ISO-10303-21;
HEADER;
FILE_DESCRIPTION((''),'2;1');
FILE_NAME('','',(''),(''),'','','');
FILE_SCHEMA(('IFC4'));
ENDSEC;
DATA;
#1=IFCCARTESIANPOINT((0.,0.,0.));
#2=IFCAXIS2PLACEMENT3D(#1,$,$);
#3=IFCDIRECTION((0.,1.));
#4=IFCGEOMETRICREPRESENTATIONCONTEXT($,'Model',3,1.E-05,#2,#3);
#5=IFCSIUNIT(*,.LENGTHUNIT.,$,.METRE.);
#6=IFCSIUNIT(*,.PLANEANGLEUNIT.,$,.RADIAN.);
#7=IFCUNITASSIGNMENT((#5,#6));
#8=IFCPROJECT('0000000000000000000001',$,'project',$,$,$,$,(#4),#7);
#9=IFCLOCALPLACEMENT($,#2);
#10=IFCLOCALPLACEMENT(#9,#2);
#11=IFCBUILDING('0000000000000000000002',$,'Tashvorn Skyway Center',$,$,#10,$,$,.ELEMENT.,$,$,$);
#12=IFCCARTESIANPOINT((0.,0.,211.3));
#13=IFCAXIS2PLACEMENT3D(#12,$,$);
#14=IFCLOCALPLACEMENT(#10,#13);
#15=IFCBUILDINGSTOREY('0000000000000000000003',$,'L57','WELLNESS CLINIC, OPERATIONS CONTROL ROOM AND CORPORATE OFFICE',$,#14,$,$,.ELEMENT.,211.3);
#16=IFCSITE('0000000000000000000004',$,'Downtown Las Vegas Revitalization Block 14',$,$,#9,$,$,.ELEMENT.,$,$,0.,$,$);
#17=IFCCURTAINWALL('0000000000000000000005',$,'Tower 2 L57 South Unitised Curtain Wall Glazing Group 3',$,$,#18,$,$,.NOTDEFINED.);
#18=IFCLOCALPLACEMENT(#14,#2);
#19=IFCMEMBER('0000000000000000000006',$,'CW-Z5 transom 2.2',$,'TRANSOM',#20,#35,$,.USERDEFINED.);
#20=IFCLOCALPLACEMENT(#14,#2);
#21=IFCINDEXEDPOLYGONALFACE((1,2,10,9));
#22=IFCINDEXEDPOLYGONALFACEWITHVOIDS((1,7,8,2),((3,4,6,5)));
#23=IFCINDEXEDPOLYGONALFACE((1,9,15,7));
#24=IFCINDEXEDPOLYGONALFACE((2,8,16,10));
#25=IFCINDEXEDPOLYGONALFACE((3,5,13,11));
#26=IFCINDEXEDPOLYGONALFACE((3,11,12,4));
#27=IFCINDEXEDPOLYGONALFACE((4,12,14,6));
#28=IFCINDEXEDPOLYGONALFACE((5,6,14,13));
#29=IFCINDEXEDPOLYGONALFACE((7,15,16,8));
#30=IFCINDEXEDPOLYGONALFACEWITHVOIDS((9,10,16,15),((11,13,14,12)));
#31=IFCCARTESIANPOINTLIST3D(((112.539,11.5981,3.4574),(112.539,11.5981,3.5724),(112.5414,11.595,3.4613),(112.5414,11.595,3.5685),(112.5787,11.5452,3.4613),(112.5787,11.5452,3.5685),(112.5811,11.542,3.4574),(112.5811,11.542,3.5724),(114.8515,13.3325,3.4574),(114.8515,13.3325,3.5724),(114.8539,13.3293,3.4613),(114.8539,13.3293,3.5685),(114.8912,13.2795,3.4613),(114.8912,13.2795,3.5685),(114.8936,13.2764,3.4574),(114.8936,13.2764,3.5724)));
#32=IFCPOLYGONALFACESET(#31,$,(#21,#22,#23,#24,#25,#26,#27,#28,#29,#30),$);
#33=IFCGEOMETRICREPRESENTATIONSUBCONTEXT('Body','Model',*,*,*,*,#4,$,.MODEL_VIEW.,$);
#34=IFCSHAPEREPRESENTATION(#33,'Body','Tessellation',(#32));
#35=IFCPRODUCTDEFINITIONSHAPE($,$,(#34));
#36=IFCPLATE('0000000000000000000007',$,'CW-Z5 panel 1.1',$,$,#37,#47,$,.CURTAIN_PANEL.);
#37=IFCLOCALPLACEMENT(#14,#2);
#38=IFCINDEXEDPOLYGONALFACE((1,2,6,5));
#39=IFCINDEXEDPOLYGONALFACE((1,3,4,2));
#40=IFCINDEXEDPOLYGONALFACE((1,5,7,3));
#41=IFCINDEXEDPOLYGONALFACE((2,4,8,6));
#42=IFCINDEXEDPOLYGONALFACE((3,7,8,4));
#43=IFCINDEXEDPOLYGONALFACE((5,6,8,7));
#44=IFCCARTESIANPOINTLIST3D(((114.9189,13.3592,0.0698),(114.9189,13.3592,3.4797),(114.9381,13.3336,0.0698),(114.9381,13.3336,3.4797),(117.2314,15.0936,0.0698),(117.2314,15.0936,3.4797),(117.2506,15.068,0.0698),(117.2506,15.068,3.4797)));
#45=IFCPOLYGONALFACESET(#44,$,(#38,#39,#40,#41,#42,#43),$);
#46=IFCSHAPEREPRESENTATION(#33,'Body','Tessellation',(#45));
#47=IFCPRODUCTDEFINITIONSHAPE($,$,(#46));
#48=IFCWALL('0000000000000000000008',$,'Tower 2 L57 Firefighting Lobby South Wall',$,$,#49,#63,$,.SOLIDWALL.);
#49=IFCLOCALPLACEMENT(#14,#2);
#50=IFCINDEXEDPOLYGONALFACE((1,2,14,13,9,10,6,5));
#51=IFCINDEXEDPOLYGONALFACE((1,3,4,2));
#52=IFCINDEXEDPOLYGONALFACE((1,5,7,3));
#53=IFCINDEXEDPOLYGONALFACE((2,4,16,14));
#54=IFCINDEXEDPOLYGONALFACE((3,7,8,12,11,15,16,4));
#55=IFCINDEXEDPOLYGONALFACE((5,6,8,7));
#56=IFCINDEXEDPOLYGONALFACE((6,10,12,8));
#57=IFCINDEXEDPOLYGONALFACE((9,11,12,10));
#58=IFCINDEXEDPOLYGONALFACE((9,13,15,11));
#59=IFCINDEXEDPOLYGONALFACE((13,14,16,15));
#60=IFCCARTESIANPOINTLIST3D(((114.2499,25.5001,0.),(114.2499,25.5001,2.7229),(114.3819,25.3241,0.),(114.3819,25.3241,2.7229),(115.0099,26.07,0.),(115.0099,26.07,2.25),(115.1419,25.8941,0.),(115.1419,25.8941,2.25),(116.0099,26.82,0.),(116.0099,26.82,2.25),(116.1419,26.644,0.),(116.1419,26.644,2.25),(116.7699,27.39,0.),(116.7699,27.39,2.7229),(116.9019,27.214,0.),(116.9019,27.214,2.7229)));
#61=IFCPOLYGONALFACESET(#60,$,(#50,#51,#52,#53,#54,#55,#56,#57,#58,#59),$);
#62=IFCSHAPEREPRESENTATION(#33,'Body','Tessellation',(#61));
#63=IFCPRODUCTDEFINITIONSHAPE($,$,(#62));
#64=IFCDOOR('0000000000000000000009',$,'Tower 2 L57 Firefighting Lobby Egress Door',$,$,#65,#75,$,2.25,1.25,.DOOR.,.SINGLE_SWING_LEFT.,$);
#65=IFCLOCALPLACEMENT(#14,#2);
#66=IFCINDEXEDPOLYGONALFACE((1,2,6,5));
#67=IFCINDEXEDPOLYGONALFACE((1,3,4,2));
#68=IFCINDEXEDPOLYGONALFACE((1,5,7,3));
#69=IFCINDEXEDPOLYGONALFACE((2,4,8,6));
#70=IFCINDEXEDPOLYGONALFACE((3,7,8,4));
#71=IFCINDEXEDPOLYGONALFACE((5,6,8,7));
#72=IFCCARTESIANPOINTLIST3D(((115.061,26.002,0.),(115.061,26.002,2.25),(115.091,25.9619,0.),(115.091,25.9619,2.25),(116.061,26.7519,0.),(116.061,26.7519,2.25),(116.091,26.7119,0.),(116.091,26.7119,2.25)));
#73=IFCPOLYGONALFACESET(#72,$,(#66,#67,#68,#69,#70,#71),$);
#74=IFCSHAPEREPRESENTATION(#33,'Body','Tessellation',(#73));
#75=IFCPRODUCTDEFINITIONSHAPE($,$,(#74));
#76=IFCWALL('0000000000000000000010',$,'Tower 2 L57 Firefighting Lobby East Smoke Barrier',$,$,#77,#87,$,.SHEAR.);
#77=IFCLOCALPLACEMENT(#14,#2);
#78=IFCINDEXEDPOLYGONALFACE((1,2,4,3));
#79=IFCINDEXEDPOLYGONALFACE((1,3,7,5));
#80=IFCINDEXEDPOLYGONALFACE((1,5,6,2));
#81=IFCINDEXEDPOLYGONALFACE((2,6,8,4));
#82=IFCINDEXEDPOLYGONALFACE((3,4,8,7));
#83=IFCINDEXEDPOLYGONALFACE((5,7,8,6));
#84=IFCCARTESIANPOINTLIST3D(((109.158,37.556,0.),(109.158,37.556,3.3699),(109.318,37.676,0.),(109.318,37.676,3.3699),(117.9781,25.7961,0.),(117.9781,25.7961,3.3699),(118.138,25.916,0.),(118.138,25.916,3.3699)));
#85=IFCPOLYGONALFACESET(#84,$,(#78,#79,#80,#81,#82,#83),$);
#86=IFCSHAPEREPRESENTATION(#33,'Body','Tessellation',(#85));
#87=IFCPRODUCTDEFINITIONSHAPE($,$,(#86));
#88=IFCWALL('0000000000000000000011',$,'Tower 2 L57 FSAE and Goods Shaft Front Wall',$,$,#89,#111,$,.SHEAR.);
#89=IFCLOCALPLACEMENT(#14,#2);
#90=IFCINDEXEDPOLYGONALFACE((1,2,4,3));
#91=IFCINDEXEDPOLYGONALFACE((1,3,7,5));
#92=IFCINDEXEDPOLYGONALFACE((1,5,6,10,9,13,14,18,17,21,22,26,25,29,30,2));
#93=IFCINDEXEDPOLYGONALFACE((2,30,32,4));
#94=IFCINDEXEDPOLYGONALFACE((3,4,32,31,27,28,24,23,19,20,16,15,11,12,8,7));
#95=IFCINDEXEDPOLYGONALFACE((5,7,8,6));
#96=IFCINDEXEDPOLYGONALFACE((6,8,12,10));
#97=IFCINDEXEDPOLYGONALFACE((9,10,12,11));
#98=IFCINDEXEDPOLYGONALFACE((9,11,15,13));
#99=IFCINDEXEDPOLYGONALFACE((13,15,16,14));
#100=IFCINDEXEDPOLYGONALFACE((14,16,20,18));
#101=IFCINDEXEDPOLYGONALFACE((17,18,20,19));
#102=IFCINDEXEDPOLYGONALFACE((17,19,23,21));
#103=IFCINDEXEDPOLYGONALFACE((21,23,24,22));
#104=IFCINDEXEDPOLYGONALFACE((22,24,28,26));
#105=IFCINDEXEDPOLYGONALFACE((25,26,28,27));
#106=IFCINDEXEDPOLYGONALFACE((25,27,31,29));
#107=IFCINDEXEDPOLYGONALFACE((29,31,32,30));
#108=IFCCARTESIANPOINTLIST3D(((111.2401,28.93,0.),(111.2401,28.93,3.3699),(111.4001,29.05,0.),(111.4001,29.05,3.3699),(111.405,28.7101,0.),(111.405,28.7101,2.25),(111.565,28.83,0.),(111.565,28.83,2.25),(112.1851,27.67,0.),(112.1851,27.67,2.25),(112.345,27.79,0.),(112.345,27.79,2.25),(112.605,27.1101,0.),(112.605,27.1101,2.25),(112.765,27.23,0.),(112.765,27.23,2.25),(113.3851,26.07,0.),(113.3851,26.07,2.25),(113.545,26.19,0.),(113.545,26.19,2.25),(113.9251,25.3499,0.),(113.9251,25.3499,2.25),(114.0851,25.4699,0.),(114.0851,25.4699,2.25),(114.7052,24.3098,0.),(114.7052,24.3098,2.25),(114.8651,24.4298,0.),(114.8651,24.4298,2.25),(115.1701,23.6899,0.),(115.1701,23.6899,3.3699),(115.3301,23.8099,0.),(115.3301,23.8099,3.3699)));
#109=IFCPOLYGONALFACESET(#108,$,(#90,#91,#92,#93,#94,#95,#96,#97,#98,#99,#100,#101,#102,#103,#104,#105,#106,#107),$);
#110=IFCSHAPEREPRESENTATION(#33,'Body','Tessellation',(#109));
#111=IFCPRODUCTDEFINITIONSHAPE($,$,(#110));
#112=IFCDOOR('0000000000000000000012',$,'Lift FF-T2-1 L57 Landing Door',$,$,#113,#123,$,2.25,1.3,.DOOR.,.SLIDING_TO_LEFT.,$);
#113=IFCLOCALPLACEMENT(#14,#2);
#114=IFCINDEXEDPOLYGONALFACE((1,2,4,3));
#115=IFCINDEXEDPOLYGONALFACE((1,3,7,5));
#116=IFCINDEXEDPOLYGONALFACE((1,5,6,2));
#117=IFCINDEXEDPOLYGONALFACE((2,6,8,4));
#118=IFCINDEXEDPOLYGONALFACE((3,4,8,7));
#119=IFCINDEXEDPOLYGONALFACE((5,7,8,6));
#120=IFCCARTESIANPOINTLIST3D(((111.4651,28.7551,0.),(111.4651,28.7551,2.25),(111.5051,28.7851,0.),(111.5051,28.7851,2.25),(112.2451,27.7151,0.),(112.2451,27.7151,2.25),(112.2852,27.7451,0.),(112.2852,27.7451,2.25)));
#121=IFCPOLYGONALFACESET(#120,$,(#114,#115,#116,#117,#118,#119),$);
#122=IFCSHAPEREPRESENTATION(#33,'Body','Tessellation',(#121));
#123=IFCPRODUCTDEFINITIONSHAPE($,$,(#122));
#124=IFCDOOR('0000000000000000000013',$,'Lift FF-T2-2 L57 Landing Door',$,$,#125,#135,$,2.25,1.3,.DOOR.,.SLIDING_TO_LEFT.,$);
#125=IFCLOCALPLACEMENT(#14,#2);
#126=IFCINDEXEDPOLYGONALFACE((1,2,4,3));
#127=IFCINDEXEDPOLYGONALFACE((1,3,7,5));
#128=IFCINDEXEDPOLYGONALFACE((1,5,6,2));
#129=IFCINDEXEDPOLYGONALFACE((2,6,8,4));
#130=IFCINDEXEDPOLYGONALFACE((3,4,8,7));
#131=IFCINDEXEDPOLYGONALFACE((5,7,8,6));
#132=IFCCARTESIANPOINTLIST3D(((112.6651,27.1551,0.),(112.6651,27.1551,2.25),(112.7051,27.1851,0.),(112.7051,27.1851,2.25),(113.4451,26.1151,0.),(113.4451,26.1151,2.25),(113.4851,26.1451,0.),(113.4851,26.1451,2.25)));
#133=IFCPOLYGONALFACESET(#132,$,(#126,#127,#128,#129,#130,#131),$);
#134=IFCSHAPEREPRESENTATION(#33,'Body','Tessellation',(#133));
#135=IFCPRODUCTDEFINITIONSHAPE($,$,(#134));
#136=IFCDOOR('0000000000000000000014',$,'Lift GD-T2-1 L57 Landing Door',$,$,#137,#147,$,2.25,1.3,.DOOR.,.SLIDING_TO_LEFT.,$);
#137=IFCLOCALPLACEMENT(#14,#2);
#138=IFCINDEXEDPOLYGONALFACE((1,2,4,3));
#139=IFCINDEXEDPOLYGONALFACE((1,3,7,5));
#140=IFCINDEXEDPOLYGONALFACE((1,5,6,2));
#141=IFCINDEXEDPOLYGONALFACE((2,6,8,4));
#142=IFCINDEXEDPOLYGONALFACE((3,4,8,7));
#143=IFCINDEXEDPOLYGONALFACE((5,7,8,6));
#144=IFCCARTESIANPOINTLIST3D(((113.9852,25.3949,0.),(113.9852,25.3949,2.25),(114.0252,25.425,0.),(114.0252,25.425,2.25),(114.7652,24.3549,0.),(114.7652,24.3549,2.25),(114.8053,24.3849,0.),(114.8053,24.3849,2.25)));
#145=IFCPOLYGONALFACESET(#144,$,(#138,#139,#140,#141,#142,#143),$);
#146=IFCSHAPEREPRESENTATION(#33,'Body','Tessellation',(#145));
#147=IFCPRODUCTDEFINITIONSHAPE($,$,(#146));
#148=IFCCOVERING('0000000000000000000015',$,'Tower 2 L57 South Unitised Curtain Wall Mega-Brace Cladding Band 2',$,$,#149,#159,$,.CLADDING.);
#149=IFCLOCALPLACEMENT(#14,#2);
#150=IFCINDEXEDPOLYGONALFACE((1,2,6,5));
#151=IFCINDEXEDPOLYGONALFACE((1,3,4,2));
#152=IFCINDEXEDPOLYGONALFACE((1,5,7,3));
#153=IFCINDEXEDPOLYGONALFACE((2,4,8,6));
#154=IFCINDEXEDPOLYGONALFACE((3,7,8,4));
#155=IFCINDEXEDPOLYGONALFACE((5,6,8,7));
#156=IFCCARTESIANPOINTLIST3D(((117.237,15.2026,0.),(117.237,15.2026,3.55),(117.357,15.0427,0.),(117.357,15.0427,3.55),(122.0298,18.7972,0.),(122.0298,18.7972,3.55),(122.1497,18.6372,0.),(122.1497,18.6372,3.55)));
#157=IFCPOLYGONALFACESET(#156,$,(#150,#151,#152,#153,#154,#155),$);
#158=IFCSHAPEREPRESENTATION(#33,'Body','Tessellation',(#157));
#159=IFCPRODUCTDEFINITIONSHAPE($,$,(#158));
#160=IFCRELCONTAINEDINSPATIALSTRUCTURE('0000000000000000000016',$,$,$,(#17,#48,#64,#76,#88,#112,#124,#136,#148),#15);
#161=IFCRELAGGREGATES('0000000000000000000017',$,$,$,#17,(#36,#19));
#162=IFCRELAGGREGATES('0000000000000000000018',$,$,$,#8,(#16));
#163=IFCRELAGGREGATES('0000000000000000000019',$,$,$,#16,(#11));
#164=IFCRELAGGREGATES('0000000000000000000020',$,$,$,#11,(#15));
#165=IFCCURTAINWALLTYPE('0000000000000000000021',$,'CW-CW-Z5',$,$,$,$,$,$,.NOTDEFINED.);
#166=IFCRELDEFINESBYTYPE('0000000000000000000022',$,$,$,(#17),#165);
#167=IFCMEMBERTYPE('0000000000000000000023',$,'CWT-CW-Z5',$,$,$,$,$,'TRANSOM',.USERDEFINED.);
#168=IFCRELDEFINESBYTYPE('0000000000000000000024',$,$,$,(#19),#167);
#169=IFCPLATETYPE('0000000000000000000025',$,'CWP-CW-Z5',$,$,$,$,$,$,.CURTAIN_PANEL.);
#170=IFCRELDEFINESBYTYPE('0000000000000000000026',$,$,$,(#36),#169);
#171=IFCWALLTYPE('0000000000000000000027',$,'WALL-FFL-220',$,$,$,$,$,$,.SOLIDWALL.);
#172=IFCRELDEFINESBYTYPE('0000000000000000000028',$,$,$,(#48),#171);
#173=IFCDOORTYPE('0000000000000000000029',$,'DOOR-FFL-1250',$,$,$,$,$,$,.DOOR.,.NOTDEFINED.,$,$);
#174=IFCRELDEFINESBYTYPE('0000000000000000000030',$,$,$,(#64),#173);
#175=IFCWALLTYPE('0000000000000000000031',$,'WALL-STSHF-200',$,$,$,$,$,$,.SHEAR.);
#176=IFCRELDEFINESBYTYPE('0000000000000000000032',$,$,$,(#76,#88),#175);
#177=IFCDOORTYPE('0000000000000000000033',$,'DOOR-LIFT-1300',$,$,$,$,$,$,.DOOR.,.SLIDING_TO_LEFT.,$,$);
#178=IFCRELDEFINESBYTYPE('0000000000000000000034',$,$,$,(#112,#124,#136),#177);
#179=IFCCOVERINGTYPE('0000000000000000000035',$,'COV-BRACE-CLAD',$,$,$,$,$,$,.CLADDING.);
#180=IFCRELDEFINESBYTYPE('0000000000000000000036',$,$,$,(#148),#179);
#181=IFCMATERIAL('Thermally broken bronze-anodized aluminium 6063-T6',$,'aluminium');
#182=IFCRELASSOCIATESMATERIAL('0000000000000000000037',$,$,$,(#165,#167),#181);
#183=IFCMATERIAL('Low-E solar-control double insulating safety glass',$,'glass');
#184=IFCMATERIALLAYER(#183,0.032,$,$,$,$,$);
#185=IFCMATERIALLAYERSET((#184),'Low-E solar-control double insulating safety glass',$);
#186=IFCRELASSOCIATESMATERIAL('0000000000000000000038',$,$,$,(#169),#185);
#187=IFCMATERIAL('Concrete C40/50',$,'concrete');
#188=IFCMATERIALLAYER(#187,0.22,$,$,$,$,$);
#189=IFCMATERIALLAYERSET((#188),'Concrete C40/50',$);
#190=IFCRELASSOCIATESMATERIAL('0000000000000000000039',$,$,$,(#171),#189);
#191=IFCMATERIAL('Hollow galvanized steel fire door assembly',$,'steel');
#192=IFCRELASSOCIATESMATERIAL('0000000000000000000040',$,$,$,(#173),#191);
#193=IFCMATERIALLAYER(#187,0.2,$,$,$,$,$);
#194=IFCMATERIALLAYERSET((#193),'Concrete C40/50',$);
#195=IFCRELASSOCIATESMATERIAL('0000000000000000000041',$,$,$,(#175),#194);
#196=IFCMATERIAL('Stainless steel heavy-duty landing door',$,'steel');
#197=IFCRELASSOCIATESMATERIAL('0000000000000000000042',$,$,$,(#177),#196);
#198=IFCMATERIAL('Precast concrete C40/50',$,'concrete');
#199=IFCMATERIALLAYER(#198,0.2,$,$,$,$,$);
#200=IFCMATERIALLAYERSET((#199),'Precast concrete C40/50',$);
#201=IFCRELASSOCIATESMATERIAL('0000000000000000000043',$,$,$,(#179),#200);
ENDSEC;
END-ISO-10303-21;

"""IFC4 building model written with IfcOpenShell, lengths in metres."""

from ifc_helpers import new_model, si_unit, direction, frame, frame_2d, origin, origin_2d, place, context, subcontext, project, spatial, rectangle, hollow_rectangle, extrude, material, layer, layer_set, material_profile, profile_set, type_object, element, fill, aggregate, save


model = new_model("IFC4")

# Units and contexts
model_context = context("Model", 3, precision=1e-05, world=origin(), true_north=direction((0.0, 1.0)))
body_context = subcontext(model_context, "Body", "Model", "MODEL_VIEW")
ifc_project = project(units=[si_unit("LENGTHUNIT", "METRE"), si_unit("PLANEANGLEUNIT", "RADIAN")], contexts=[model_context])

# Site, building, storey
site_placement = place(None, origin())
site = spatial("IfcSite", under=ifc_project, at=site_placement, Name="Downtown Las Vegas Revitalization Block 14", CompositionType="ELEMENT", RefElevation=0.0)
building_placement = place(site_placement, origin())
building = spatial("IfcBuilding", under=site, at=building_placement, Name="Tashvorn Skyway Center", CompositionType="ELEMENT")
storey_placement = place(building_placement, frame((0.0, 0.0, 211.3)))
storey = spatial("IfcBuildingStorey", under=building, at=storey_placement, Name="L57", Description="WELLNESS CLINIC, OPERATIONS CONTROL ROOM AND CORPORATE OFFICE", CompositionType="ELEMENT", Elevation=211.3)

# Curtain wall, member, plate
ifc_material_1 = material(Name="Thermally broken bronze-anodized aluminium 6063-T6", Category="aluminium")
curtain_wall_type = type_object("IfcCurtainWallType", Name="CW-CW-Z5", PredefinedType="NOTDEFINED", material=ifc_material_1)
curtain_wall_placement = place(storey_placement, origin())
curtain_wall = element("IfcCurtainWall", 1, at=curtain_wall_placement, inside=storey, type_object=curtain_wall_type, Name="Tower 2 L57 South Unitised Curtain Wall Glazing Group 3", PredefinedType="NOTDEFINED")
ifc_material_profile_1 = material_profile(ifc_material_1, hollow_rectangle(XDim=0.0701, YDim=0.115, WallThickness=0.0039, at=origin_2d()), Name="ALU-TRAN-70x115")
ifc_profile_set_1 = profile_set([ifc_material_profile_1], Name="Thermally broken bronze-anodized aluminium 6063-T6")
member_type_1 = type_object("IfcMemberType", Name="CWT-CW-Z5", ElementType="TRANSOM", PredefinedType="USERDEFINED", material=ifc_profile_set_1)
member_1_placement = place(storey_placement, frame((114.8726, 13.3044, 3.5149), z_axis=(-0.8, -0.6, 0.0), x_axis=(0.6, -0.8, 0.0)))
member_1 = element("IfcMember", 2, at=member_1_placement, type_object=member_type_1, Name="CW-Z5 transom 2.2", ObjectType="TRANSOM", PredefinedType="USERDEFINED", context=body_context, shape_type="SweptSolid", body=[
    extrude(hollow_rectangle(XDim=0.0701, YDim=0.115, WallThickness=0.0039, at=origin_2d()), origin(), (0.0, 0.0, 1.0), 2.8906),
])
ifc_material_2 = material(Name="Low-E solar-control double insulating safety glass", Category="glass")
ifc_layer_1 = layer(ifc_material_2, 0.032)
ifc_layer_set_1 = layer_set([ifc_layer_1], Name="Low-E solar-control double insulating safety glass")
plate_type = type_object("IfcPlateType", Name="CWP-CW-Z5", PredefinedType="CURTAIN_PANEL", material=ifc_layer_set_1)
plate_placement = place(storey_placement, frame((116.0847, 14.2136, 0.0698), z_axis=(0.0, 0.0, 1.0), x_axis=(-0.799998, -0.600003, 0.0)))
plate = element("IfcPlate", 3, at=plate_placement, type_object=plate_type, Name="CW-Z5 panel 1.1", PredefinedType="CURTAIN_PANEL", context=body_context, shape_type="SweptSolid", body=[
    extrude(rectangle(XDim=2.8906, YDim=0.032, at=origin_2d()), origin(), (0.0, 0.0, 1.0), 3.4099),
])
aggregate(curtain_wall, [plate, member_1])

# Wall, opening, door
ifc_material_3 = material(Name="Concrete C40/50", Category="concrete")
ifc_layer_2 = layer(ifc_material_3, 0.22)
ifc_layer_set_2 = layer_set([ifc_layer_2], Name="Concrete C40/50")
wall_type_1 = type_object("IfcWallType", Name="WALL-FFL-220", PredefinedType="SOLIDWALL", material=ifc_layer_set_2)
wall_1_placement = place(storey_placement, frame((114.3159, 25.4121, 0.0), z_axis=(0.0, 0.0, 1.0), x_axis=(0.800019, 0.599975, 0.0)))
wall_1 = element("IfcWall", 4, at=wall_1_placement, inside=storey, type_object=wall_type_1, Name="Tower 2 L57 Firefighting Lobby South Wall", PredefinedType="SOLIDWALL", context=body_context, shape_type="SweptSolid", body=[
    extrude(rectangle(XDim=3.1499, YDim=0.22, at=frame_2d((1.575, 0.0))), origin(), (0.0, 0.0, 1.0), 2.7229),
])
opening_1_placement = place(wall_1_placement, frame((0.95, 0.0, 0.0)))
opening_1 = element("IfcOpeningElement", 5, at=opening_1_placement, cuts=wall_1, PredefinedType="OPENING", context=body_context, shape_type="SweptSolid", body=[
    extrude(rectangle(XDim=1.25, YDim=2.25, at=frame_2d((0.625, 1.125))), frame((0.0, 0.1199, 0.0), z_axis=(0.0, -1.0, 0.0), x_axis=(1.0, 0.0, 0.0)), (0.0, 0.0, 1.0), 0.24),
])
ifc_material_4 = material(Name="Hollow galvanized steel fire door assembly", Category="steel")
door_type_1 = type_object("IfcDoorType", Name="DOOR-FFL-1250", OperationType="NOTDEFINED", PredefinedType="DOOR", material=ifc_material_4)
door_1_placement = place(opening_1_placement, origin())
door_1 = element("IfcDoor", 6, at=door_1_placement, inside=storey, type_object=door_type_1, Name="Tower 2 L57 Firefighting Lobby Egress Door", OperationType="SINGLE_SWING_LEFT", OverallHeight=2.25, OverallWidth=1.25, PredefinedType="DOOR", context=body_context, shape_type="SweptSolid", body=[
    extrude(rectangle(XDim=1.25, YDim=2.25, at=frame_2d((0.625, 1.125))), frame((0.0, 0.0249, 0.0), z_axis=(0.0, -1.0, 0.0), x_axis=(1.0, 0.0, 0.0)), (0.0, 0.0, 1.0), 0.05),
])
fill(opening_1, door_1)

# Wall
ifc_layer_3 = layer(ifc_material_3, 0.2)
ifc_layer_set_3 = layer_set([ifc_layer_3], Name="Concrete C40/50")
wall_type_2 = type_object("IfcWallType", Name="WALL-STSHF-200", PredefinedType="SHEAR", material=ifc_layer_set_3)
wall_2_placement = place(storey_placement, frame((118.0581, 25.856, 0.0), z_axis=(0.0, 0.0, 1.0), x_axis=(-0.600003, 0.799998, 0.0)))
element("IfcWall", 7, at=wall_2_placement, inside=storey, type_object=wall_type_2, Name="Tower 2 L57 Firefighting Lobby East Smoke Barrier", PredefinedType="SHEAR", context=body_context, shape_type="SweptSolid", body=[
    extrude(rectangle(XDim=14.7, YDim=0.2, at=frame_2d((7.3501, 0.0))), origin(), (0.0, 0.0, 1.0), 3.3699),
])

# Wall, openings, doors
wall_3_placement = place(storey_placement, frame((115.25, 23.75, 0.0), z_axis=(0.0, 0.0, 1.0), x_axis=(-0.599994, 0.800004, 0.0)))
wall_3 = element("IfcWall", 8, at=wall_3_placement, inside=storey, type_object=wall_type_2, Name="Tower 2 L57 FSAE and Goods Shaft Front Wall", PredefinedType="SHEAR", context=body_context, shape_type="SweptSolid", body=[
    extrude(rectangle(XDim=6.55, YDim=0.2, at=frame_2d((3.2749, 0.0))), origin(), (0.0, 0.0, 1.0), 3.3699),
])
opening_2_placement = place(wall_3_placement, frame((4.9751, 0.0, 0.0)))
opening_2 = element("IfcOpeningElement", 9, at=opening_2_placement, cuts=wall_3, PredefinedType="OPENING", context=body_context, shape_type="SweptSolid", body=[
    extrude(rectangle(XDim=1.3, YDim=2.25, at=frame_2d((0.6499, 1.125))), frame((0.0, 0.1099, 0.0), z_axis=(0.0, -1.0, 0.0), x_axis=(1.0, 0.0, 0.0)), (0.0, 0.0, 1.0), 0.22),
])
opening_3_placement = place(wall_3_placement, frame((2.9751, 0.0, 0.0)))
opening_3 = element("IfcOpeningElement", 10, at=opening_3_placement, cuts=wall_3, PredefinedType="OPENING", context=body_context, shape_type="SweptSolid", body=[
    extrude(rectangle(XDim=1.3, YDim=2.25, at=frame_2d((0.6499, 1.125))), frame((0.0, 0.1099, 0.0), z_axis=(0.0, -1.0, 0.0), x_axis=(1.0, 0.0, 0.0)), (0.0, 0.0, 1.0), 0.22),
])
opening_4_placement = place(wall_3_placement, frame((0.7749, 0.0, 0.0)))
opening_4 = element("IfcOpeningElement", 11, at=opening_4_placement, cuts=wall_3, PredefinedType="OPENING", context=body_context, shape_type="SweptSolid", body=[
    extrude(rectangle(XDim=1.3, YDim=2.25, at=frame_2d((0.6499, 1.125))), frame((0.0, 0.1099, 0.0), z_axis=(0.0, -1.0, 0.0), x_axis=(1.0, 0.0, 0.0)), (0.0, 0.0, 1.0), 0.22),
])
ifc_material_5 = material(Name="Stainless steel heavy-duty landing door", Category="steel")
door_type_2 = type_object("IfcDoorType", Name="DOOR-LIFT-1300", OperationType="SLIDING_TO_LEFT", PredefinedType="DOOR", material=ifc_material_5)
door_2_placement = place(opening_2_placement, origin())
door_2 = element("IfcDoor", 12, at=door_2_placement, inside=storey, type_object=door_type_2, Name="Lift FF-T2-1 L57 Landing Door", OperationType="SLIDING_TO_LEFT", OverallHeight=2.25, OverallWidth=1.3, PredefinedType="DOOR", context=body_context, shape_type="SweptSolid", body=[
    extrude(rectangle(XDim=1.3, YDim=2.25, at=frame_2d((0.6499, 1.125))), frame((0.0, 0.0249, 0.0), z_axis=(0.0, -1.0, 0.0), x_axis=(1.0, 0.0, 0.0)), (0.0, 0.0, 1.0), 0.05),
])
fill(opening_2, door_2)
door_3_placement = place(opening_3_placement, origin())
door_3 = element("IfcDoor", 13, at=door_3_placement, inside=storey, type_object=door_type_2, Name="Lift FF-T2-2 L57 Landing Door", OperationType="SLIDING_TO_LEFT", OverallHeight=2.25, OverallWidth=1.3, PredefinedType="DOOR", context=body_context, shape_type="SweptSolid", body=[
    extrude(rectangle(XDim=1.3, YDim=2.25, at=frame_2d((0.6499, 1.125))), frame((0.0, 0.0249, 0.0), z_axis=(0.0, -1.0, 0.0), x_axis=(1.0, 0.0, 0.0)), (0.0, 0.0, 1.0), 0.05),
])
fill(opening_3, door_3)
door_4_placement = place(opening_4_placement, origin())
door_4 = element("IfcDoor", 14, at=door_4_placement, inside=storey, type_object=door_type_2, Name="Lift GD-T2-1 L57 Landing Door", OperationType="SLIDING_TO_LEFT", OverallHeight=2.25, OverallWidth=1.3, PredefinedType="DOOR", context=body_context, shape_type="SweptSolid", body=[
    extrude(rectangle(XDim=1.3, YDim=2.25, at=frame_2d((0.6499, 1.125))), frame((0.0, 0.0249, 0.0), z_axis=(0.0, -1.0, 0.0), x_axis=(1.0, 0.0, 0.0)), (0.0, 0.0, 1.0), 0.05),
])
fill(opening_4, door_4)

# Covering
ifc_material_6 = material(Name="Precast concrete C40/50", Category="concrete")
ifc_layer_4 = layer(ifc_material_6, 0.2)
ifc_layer_set_4 = layer_set([ifc_layer_4], Name="Precast concrete C40/50")
covering_type = type_object("IfcCoveringType", Name="COV-BRACE-CLAD", PredefinedType="CLADDING", material=ifc_layer_set_4)
covering_placement = place(storey_placement, frame((119.6934, 16.9199, 0.0), z_axis=(0.0, 0.0, 1.0), x_axis=(-0.8, -0.6, 0.0)))
element("IfcCovering", 15, at=covering_placement, inside=storey, type_object=covering_type, Name="Tower 2 L57 South Unitised Curtain Wall Mega-Brace Cladding Band 2", PredefinedType="CLADDING", context=body_context, shape_type="SweptSolid", body=[
    extrude(rectangle(XDim=5.991, YDim=0.2, at=origin_2d()), origin(), (0.0, 0.0, 1.0), 3.55),
])

save(model, "model.ifc")
